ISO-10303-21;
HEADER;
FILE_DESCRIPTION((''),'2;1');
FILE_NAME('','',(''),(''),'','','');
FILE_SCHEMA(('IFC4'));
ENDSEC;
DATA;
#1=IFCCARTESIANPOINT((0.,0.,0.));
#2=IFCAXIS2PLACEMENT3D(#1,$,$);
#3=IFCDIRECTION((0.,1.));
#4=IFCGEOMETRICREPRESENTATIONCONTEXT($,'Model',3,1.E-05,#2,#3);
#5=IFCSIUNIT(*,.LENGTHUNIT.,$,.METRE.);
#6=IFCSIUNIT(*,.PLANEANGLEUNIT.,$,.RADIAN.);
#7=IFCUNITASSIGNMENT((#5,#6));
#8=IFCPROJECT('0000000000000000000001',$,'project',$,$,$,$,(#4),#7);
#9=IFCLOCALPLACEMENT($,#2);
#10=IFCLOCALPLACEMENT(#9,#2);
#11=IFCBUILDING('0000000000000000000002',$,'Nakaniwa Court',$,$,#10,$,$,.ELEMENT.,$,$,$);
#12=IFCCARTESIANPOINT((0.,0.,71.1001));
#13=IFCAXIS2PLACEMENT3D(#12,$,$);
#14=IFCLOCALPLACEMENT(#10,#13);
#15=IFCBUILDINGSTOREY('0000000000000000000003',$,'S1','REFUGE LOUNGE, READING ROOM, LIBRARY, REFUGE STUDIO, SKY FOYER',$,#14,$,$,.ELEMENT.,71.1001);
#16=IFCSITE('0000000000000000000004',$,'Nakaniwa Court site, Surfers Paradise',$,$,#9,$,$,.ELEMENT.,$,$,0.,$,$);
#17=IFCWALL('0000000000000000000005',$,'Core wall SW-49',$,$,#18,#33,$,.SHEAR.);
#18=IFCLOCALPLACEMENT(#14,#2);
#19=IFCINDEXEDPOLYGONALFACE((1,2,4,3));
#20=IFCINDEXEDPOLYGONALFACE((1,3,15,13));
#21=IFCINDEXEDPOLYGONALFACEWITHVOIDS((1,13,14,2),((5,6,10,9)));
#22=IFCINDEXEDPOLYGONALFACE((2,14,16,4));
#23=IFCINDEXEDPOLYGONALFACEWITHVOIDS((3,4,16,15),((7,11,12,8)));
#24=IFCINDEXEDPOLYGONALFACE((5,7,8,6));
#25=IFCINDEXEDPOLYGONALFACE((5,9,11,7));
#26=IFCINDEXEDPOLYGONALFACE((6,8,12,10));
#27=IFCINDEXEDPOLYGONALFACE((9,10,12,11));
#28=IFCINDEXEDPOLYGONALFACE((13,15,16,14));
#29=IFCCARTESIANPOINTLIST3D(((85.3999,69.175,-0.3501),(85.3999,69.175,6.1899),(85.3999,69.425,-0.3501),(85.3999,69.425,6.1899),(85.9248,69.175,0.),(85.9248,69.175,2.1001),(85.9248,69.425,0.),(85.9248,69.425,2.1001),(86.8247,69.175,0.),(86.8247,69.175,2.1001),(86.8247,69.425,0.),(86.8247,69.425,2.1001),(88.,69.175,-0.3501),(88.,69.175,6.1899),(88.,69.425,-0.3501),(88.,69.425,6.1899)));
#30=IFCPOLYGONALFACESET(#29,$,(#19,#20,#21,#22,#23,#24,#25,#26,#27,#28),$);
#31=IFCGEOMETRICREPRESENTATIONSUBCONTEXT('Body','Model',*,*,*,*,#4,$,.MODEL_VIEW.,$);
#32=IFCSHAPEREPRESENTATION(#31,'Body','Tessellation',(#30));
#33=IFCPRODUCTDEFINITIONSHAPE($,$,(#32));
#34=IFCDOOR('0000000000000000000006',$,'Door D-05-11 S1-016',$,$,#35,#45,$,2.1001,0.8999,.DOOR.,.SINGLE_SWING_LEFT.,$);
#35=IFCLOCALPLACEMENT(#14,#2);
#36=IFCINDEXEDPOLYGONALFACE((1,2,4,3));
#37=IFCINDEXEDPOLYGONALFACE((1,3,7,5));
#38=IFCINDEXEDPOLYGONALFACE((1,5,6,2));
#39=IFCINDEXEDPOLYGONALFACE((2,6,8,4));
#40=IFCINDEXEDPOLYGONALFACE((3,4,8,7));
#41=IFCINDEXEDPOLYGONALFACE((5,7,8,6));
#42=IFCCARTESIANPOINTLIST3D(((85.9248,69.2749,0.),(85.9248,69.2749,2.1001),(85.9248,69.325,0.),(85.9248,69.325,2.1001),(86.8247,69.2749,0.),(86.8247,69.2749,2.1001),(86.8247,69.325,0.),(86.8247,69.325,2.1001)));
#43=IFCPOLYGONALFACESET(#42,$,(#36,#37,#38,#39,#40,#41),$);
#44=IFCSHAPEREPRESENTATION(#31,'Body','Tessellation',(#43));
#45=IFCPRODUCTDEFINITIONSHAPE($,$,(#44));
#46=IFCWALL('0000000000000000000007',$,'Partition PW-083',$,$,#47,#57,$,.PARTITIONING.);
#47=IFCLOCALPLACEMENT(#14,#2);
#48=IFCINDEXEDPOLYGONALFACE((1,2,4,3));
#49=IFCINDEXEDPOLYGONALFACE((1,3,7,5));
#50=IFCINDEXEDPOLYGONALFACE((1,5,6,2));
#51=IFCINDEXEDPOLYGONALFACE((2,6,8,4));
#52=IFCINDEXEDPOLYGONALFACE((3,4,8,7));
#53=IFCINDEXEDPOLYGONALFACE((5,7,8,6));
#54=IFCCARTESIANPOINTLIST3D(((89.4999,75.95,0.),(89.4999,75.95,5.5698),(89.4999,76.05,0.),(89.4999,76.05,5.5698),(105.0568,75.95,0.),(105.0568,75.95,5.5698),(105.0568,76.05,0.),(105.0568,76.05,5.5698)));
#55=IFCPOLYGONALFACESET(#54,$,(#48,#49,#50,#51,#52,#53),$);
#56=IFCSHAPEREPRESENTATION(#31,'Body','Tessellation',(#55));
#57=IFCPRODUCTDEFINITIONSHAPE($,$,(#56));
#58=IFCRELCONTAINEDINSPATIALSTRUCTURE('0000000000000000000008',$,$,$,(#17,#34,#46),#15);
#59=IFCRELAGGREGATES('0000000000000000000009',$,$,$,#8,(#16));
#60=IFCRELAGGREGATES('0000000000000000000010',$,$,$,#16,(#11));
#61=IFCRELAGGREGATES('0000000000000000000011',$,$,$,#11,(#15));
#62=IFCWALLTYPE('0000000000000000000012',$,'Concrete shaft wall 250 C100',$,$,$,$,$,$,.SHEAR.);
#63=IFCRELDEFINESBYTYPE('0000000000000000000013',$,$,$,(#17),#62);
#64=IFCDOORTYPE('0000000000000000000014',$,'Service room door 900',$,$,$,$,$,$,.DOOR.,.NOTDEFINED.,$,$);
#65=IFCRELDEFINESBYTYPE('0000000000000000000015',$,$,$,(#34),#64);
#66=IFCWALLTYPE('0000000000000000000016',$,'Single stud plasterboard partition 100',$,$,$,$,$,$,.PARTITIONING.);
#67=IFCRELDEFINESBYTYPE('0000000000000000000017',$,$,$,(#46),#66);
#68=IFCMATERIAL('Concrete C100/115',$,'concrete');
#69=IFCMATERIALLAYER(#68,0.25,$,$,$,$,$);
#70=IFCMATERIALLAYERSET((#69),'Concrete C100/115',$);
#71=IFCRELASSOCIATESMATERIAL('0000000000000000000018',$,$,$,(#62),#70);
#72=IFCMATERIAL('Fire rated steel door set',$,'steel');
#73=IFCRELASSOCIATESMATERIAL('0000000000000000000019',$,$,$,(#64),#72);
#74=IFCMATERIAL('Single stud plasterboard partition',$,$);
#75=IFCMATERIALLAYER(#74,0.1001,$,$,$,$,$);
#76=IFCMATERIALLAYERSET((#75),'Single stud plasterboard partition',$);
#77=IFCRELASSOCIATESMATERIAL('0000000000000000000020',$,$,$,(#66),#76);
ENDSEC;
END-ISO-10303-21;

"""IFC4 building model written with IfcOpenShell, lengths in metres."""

from ifc_helpers import new_model, si_unit, direction, frame, frame_2d, origin, place, context, subcontext, project, spatial, rectangle, extrude, material, layer, layer_set, type_object, element, fill, save


model = new_model("IFC4")

# Units and contexts
model_context = context("Model", 3, precision=1e-05, world=origin(), true_north=direction((0.0, 1.0)))
body_context = subcontext(model_context, "Body", "Model", "MODEL_VIEW")
ifc_project = project(units=[si_unit("LENGTHUNIT", "METRE"), si_unit("PLANEANGLEUNIT", "RADIAN")], contexts=[model_context])

# Site, building, storey
site_placement = place(None, origin())
site = spatial("IfcSite", under=ifc_project, at=site_placement, Name="Nakaniwa Court site, Surfers Paradise", CompositionType="ELEMENT", RefElevation=0.0)
building_placement = place(site_placement, origin())
building = spatial("IfcBuilding", under=site, at=building_placement, Name="Nakaniwa Court", CompositionType="ELEMENT")
storey_placement = place(building_placement, frame((0.0, 0.0, 71.1001)))
storey = spatial("IfcBuildingStorey", under=building, at=storey_placement, Name="S1", Description="REFUGE LOUNGE, READING ROOM, LIBRARY, REFUGE STUDIO, SKY FOYER", CompositionType="ELEMENT", Elevation=71.1001)

# Shared definitions
ifc_material_1 = material(Name="Concrete C100/115", Category="concrete")
ifc_material_2 = material(Name="Fire rated steel door set", Category="steel")

# Shared definitions
ifc_layer_1 = layer(ifc_material_1, 0.25)
ifc_layer_set_1 = layer_set([ifc_layer_1], Name="Concrete C100/115")
wall_type_1 = type_object("IfcWallType", Name="Concrete shaft wall 250 C100", PredefinedType="SHEAR", material=ifc_layer_set_1)

# Wall, opening, door
wall_1_placement = place(storey_placement, frame((85.3999, 69.3, -0.3501), z_axis=(0.0, 0.0, 1.0), x_axis=(1.0, 0.0, 0.0)))
wall_1 = element("IfcWall", 1, at=wall_1_placement, inside=storey, type_object=wall_type_1, Name="Core wall SW-49", PredefinedType="SHEAR", context=body_context, shape_type="SweptSolid", body=[
    extrude(rectangle(XDim=2.6001, YDim=0.25, at=frame_2d((1.3, 0.0))), origin(), (0.0, 0.0, 1.0), 6.54),
])
opening_1_placement = place(wall_1_placement, frame((0.5249, 0.0, 0.3501)))
opening_1 = element("IfcOpeningElement", 2, at=opening_1_placement, cuts=wall_1, PredefinedType="OPENING", context=body_context, shape_type="SweptSolid", body=[
    extrude(rectangle(XDim=0.8999, YDim=2.1001, at=frame_2d((0.45, 1.05))), frame((0.0, 0.135, 0.0), z_axis=(0.0, -1.0, 0.0), x_axis=(1.0, 0.0, 0.0)), (0.0, 0.0, 1.0), 0.27),
])
door_type_1 = type_object("IfcDoorType", Name="Service room door 900", OperationType="NOTDEFINED", PredefinedType="DOOR", material=ifc_material_2)
door_1_placement = place(opening_1_placement, origin())
door_1 = element("IfcDoor", 3, at=door_1_placement, inside=storey, type_object=door_type_1, Name="Door D-05-11 S1-016", OperationType="SINGLE_SWING_LEFT", OverallHeight=2.1001, OverallWidth=0.8999, PredefinedType="DOOR", context=body_context, shape_type="SweptSolid", body=[
    extrude(rectangle(XDim=0.8999, YDim=2.1001, at=frame_2d((0.45, 1.05))), frame((0.0, 0.0249, 0.0), z_axis=(0.0, -1.0, 0.0), x_axis=(1.0, 0.0, 0.0)), (0.0, 0.0, 1.0), 0.05),
])
fill(opening_1, door_1)

# Wall
ifc_material_3 = material(Name="Single stud plasterboard partition")
ifc_layer_2 = layer(ifc_material_3, 0.1001)
ifc_layer_set_2 = layer_set([ifc_layer_2], Name="Single stud plasterboard partition")
wall_type_2 = type_object("IfcWallType", Name="Single stud plasterboard partition 100", PredefinedType="PARTITIONING", material=ifc_layer_set_2)
wall_2_placement = place(storey_placement, frame((89.5, 76.0, 0.0), z_axis=(0.0, 0.0, 1.0), x_axis=(1.0, 0.0, 0.0)))
element("IfcWall", 4, at=wall_2_placement, inside=storey, type_object=wall_type_2, Name="Partition PW-083", PredefinedType="PARTITIONING", context=body_context, shape_type="SweptSolid", body=[
    extrude(rectangle(XDim=15.5569, YDim=0.1001, at=frame_2d((7.7783, 0.0))), origin(), (0.0, 0.0, 1.0), 5.5698),
])

save(model, "model.ifc")
